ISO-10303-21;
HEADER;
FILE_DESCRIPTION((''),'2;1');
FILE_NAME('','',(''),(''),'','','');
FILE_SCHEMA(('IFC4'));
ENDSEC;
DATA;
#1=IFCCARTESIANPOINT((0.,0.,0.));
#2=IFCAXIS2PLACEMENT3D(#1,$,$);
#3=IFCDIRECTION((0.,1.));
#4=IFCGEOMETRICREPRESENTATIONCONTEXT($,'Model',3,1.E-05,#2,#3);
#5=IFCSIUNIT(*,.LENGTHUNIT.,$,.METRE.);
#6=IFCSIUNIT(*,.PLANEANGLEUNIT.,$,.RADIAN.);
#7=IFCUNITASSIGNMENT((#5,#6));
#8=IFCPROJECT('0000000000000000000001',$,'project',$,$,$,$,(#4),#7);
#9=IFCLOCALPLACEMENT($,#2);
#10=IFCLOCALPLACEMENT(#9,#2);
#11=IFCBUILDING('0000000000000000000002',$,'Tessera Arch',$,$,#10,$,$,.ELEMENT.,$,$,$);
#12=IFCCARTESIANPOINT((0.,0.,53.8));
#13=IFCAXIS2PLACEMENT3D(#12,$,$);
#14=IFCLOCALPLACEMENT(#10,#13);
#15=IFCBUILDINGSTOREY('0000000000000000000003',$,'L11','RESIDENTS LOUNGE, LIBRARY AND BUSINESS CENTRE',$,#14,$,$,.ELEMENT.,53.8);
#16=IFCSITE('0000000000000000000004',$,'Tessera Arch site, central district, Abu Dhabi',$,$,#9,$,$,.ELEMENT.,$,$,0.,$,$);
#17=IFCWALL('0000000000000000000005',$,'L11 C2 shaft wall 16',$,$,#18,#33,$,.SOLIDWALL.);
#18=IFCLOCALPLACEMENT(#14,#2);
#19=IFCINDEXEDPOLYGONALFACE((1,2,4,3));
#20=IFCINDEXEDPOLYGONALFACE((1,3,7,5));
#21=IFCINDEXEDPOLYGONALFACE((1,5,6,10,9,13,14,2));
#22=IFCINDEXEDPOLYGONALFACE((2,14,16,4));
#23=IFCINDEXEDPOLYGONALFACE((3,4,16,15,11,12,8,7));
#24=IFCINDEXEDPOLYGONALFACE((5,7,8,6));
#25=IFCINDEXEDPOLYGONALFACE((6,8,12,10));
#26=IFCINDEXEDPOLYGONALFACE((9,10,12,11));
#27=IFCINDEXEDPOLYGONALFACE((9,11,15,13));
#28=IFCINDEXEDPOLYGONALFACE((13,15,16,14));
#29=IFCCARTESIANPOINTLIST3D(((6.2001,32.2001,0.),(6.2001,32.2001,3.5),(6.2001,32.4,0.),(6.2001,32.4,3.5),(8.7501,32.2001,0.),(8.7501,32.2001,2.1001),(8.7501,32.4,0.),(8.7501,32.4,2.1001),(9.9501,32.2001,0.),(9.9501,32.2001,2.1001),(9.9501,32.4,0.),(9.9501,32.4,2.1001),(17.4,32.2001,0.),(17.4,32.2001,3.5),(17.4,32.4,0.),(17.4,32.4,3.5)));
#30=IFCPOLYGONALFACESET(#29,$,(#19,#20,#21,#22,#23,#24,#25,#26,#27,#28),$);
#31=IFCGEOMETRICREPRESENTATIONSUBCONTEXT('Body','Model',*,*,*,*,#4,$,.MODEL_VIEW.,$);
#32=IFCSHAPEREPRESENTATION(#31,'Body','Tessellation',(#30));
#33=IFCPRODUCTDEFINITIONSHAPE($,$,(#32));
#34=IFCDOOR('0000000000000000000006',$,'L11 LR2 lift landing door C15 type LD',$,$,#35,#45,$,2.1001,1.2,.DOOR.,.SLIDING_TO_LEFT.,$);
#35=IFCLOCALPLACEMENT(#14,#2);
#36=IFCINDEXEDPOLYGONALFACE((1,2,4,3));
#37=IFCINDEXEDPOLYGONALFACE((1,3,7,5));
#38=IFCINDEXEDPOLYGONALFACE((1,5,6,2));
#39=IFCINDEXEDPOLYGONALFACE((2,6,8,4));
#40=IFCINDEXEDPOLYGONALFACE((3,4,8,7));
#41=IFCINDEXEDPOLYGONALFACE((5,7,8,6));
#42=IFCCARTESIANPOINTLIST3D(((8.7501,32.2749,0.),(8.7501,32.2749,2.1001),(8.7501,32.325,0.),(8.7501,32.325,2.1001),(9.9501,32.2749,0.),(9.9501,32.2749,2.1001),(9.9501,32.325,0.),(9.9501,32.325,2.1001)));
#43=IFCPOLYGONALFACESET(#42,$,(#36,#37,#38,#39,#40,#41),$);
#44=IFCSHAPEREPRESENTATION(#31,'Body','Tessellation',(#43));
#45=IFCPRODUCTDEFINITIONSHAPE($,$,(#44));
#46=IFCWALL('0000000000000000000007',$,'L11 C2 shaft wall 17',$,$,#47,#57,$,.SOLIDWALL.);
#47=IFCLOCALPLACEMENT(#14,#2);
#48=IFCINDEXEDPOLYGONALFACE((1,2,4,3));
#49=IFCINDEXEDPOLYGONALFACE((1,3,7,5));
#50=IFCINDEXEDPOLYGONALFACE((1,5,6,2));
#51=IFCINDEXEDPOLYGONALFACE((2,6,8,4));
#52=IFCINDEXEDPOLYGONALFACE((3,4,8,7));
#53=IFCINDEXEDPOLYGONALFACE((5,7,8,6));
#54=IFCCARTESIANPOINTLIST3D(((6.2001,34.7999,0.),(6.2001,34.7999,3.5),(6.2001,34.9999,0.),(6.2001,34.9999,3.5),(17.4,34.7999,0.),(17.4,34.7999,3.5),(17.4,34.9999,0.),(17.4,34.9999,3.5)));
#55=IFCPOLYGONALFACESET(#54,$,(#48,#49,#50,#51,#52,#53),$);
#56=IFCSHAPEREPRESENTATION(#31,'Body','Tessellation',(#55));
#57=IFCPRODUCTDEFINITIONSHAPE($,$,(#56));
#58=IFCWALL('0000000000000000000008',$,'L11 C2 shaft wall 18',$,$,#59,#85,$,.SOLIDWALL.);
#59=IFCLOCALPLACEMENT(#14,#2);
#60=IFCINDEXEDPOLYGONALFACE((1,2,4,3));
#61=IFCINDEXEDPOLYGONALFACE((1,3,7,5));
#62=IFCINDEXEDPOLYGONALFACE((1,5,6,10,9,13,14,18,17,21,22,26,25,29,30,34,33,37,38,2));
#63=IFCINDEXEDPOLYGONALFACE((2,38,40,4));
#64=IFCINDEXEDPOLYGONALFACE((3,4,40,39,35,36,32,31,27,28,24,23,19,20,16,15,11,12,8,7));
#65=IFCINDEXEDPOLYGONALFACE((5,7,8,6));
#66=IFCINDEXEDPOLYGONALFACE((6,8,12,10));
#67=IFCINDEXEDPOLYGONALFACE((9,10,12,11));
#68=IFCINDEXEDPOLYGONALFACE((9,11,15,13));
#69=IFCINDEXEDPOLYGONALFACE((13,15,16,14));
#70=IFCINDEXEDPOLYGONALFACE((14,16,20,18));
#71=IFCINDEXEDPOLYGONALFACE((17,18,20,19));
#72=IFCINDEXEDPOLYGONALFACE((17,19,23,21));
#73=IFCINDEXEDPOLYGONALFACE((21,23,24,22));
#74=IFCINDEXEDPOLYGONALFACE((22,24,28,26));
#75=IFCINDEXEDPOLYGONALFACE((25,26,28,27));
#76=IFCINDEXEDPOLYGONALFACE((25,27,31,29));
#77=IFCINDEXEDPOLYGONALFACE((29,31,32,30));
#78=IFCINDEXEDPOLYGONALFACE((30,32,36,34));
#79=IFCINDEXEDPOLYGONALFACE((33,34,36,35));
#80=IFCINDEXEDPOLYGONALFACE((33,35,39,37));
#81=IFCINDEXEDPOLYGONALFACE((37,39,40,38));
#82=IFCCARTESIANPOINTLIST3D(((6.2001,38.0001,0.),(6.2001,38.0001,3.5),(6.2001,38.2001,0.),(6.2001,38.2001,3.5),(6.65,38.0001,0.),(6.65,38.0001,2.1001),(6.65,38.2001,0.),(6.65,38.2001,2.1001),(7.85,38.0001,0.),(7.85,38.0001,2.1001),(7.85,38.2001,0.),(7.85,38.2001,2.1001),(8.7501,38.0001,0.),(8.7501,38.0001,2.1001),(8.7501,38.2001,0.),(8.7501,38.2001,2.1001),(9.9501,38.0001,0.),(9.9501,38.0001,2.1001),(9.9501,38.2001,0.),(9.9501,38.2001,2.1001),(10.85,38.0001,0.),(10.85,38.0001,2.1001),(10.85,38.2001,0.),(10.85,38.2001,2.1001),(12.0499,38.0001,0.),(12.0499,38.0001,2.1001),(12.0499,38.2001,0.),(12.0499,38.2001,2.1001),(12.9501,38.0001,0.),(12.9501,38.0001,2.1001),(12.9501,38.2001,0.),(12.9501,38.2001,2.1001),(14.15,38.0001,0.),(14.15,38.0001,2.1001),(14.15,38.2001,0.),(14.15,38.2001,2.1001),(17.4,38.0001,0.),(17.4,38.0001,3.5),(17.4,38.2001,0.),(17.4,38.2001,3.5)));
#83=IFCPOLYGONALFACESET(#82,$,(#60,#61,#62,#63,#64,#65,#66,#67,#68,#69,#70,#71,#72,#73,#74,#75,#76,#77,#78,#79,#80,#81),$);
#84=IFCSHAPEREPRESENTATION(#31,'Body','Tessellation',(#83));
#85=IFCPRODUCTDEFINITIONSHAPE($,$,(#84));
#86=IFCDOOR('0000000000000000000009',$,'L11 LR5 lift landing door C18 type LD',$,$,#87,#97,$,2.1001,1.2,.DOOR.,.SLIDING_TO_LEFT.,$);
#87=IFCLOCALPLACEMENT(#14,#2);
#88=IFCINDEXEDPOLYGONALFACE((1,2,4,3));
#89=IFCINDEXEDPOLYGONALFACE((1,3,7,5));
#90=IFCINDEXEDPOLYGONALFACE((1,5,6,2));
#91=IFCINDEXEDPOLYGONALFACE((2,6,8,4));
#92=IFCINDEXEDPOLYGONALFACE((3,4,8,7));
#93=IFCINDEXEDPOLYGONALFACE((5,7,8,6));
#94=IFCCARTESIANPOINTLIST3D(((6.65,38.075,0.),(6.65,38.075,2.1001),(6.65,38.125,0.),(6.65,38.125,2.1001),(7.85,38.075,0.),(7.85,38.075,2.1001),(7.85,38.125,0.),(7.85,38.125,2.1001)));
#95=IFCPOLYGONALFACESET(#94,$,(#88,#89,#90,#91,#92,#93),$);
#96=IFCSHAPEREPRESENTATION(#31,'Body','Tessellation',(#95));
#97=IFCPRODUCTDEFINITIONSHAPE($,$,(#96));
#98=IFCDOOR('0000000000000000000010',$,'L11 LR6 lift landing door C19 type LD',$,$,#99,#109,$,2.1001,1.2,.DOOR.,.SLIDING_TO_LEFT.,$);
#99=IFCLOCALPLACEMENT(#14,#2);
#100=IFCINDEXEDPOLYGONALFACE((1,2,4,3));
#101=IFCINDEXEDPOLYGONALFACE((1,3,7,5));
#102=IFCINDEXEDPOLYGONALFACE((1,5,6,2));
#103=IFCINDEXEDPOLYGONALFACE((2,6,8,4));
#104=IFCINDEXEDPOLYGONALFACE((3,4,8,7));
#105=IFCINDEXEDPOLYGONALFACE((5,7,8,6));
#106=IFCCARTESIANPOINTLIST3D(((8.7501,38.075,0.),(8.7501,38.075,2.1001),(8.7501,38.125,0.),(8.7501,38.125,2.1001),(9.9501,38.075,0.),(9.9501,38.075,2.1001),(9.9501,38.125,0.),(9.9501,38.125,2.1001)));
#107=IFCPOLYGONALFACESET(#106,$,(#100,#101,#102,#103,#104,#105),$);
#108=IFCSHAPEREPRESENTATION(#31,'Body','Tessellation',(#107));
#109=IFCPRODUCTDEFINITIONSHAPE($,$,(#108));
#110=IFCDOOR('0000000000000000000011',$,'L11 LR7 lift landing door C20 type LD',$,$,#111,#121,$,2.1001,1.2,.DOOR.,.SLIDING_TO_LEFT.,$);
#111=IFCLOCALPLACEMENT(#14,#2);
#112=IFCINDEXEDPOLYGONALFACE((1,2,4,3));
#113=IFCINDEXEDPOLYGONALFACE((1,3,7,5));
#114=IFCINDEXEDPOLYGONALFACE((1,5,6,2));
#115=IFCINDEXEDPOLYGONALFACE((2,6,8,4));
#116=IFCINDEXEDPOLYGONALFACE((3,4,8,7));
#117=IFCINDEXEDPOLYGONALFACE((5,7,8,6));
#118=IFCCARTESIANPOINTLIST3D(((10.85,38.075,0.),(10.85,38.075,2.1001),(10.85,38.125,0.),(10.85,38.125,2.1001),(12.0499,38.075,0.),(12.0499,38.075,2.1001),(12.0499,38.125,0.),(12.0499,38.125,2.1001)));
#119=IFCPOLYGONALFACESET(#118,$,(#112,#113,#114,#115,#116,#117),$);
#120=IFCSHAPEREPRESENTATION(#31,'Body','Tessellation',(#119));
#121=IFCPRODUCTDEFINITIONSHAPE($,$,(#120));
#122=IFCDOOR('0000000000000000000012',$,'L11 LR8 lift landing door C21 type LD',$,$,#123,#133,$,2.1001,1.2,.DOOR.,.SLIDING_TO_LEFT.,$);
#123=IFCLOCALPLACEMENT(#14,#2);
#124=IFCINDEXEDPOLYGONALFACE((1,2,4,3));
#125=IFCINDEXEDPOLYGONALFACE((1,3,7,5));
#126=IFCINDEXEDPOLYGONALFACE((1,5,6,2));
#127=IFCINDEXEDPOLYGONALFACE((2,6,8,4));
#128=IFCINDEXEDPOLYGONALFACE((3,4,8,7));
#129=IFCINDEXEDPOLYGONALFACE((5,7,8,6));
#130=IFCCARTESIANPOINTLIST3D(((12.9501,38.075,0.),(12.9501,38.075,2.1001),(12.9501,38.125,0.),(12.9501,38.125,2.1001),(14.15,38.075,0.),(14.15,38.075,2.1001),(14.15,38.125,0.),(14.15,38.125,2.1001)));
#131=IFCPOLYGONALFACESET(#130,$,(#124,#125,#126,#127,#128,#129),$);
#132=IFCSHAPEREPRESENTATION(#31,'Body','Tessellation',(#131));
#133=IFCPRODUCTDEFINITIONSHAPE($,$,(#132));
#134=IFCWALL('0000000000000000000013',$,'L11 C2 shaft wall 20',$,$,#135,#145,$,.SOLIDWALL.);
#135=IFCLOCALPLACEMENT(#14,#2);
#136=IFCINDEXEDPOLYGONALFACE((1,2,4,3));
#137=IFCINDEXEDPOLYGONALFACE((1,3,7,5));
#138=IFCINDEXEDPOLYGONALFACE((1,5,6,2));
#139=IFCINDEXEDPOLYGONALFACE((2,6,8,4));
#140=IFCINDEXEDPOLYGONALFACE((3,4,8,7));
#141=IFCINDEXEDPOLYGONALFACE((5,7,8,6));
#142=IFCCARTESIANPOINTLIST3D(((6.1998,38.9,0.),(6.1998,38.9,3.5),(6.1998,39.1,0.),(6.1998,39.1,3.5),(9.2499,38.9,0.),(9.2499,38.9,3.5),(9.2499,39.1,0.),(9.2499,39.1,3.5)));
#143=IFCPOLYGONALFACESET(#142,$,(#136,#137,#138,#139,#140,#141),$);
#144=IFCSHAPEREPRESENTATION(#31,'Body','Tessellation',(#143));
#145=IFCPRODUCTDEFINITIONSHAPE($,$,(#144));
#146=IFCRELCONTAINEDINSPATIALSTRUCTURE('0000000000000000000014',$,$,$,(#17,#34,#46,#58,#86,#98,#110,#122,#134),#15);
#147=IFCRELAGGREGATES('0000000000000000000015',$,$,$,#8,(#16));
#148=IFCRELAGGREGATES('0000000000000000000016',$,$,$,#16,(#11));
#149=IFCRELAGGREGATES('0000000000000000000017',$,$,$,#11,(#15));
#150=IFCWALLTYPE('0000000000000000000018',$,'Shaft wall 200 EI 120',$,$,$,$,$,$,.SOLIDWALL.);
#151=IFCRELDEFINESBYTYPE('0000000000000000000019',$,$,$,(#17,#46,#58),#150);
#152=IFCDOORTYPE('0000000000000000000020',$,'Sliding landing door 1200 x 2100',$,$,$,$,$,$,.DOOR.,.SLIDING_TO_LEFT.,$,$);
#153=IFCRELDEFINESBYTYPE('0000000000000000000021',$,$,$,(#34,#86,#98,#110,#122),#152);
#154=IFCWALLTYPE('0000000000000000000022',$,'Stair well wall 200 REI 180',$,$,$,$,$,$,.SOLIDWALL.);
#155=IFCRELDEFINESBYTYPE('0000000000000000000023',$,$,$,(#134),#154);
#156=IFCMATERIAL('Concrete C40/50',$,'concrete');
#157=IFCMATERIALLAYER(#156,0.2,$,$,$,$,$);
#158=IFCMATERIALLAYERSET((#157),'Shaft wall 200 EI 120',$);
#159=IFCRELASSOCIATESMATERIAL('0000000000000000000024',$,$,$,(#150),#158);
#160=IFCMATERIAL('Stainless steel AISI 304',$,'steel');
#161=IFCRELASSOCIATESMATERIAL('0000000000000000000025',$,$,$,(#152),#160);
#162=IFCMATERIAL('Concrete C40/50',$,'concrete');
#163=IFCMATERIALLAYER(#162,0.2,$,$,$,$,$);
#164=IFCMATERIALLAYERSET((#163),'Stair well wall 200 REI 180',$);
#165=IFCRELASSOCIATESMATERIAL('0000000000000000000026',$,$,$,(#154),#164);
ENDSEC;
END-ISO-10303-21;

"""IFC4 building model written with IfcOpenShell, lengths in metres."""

from ifc_helpers import new_model, si_unit, direction, frame, frame_2d, origin, place, context, subcontext, project, spatial, rectangle, extrude, material, layer, layer_set, type_object, element, fill, save


model = new_model("IFC4")

# Units and contexts
model_context = context("Model", 3, precision=1e-05, world=origin(), true_north=direction((0.0, 1.0)))
body_context = subcontext(model_context, "Body", "Model", "MODEL_VIEW")
ifc_project = project(units=[si_unit("LENGTHUNIT", "METRE"), si_unit("PLANEANGLEUNIT", "RADIAN")], contexts=[model_context])

# Site, building, storey
site_placement = place(None, origin())
site = spatial("IfcSite", under=ifc_project, at=site_placement, Name="Tessera Arch site, central district, Abu Dhabi", CompositionType="ELEMENT", RefElevation=0.0)
building_placement = place(site_placement, origin())
building = spatial("IfcBuilding", under=site, at=building_placement, Name="Tessera Arch", CompositionType="ELEMENT")
storey_placement = place(building_placement, frame((0.0, 0.0, 53.8)))
storey = spatial("IfcBuildingStorey", under=building, at=storey_placement, Name="L11", Description="RESIDENTS LOUNGE, LIBRARY AND BUSINESS CENTRE", CompositionType="ELEMENT", Elevation=53.8)

# Shared definitions
ifc_material_1 = material(Name="Concrete C40/50", Category="concrete")
ifc_layer_1 = layer(ifc_material_1, 0.2)
ifc_layer_set_1 = layer_set([ifc_layer_1], Name="Shaft wall 200 EI 120")
wall_type_1 = type_object("IfcWallType", Name="Shaft wall 200 EI 120", PredefinedType="SOLIDWALL", material=ifc_layer_set_1)

# Wall, opening, door
wall_1_placement = place(storey_placement, frame((6.2, 32.3, 0.0), z_axis=(0.0, 0.0, 1.0), x_axis=(1.0, 0.0, 0.0)))
wall_1 = element("IfcWall", 1, at=wall_1_placement, inside=storey, type_object=wall_type_1, Name="L11 C2 shaft wall 16", PredefinedType="SOLIDWALL", context=body_context, shape_type="SweptSolid", body=[
    extrude(rectangle(XDim=11.2, YDim=0.2, at=frame_2d((5.6001, 0.0))), origin(), (0.0, 0.0, 1.0), 3.5),
])
opening_1_placement = place(wall_1_placement, frame((2.55, 0.0, 0.0)))
opening_1 = element("IfcOpeningElement", 2, at=opening_1_placement, cuts=wall_1, PredefinedType="OPENING", context=body_context, shape_type="SweptSolid", body=[
    extrude(rectangle(XDim=1.2, YDim=2.1001, at=frame_2d((0.6001, 1.05))), frame((0.0, 0.1099, 0.0), z_axis=(0.0, -1.0, 0.0), x_axis=(1.0, 0.0, 0.0)), (0.0, 0.0, 1.0), 0.22),
])
ifc_material_2 = material(Name="Stainless steel AISI 304", Category="steel")
door_type = type_object("IfcDoorType", Name="Sliding landing door 1200 x 2100", OperationType="SLIDING_TO_LEFT", PredefinedType="DOOR", material=ifc_material_2)
door_1_placement = place(opening_1_placement, origin())
door_1 = element("IfcDoor", 3, at=door_1_placement, inside=storey, type_object=door_type, Name="L11 LR2 lift landing door C15 type LD", OperationType="SLIDING_TO_LEFT", OverallHeight=2.1001, OverallWidth=1.2, PredefinedType="DOOR", context=body_context, shape_type="SweptSolid", body=[
    extrude(rectangle(XDim=1.2, YDim=2.1001, at=frame_2d((0.6001, 1.05))), frame((0.0, 0.0249, 0.0), z_axis=(0.0, -1.0, 0.0), x_axis=(1.0, 0.0, 0.0)), (0.0, 0.0, 1.0), 0.05),
])
fill(opening_1, door_1)

# Wall
wall_2_placement = place(storey_placement, frame((6.2, 34.8999, 0.0), z_axis=(0.0, 0.0, 1.0), x_axis=(1.0, 0.0, 0.0)))
element("IfcWall", 4, at=wall_2_placement, inside=storey, type_object=wall_type_1, Name="L11 C2 shaft wall 17", PredefinedType="SOLIDWALL", context=body_context, shape_type="SweptSolid", body=[
    extrude(rectangle(XDim=11.2, YDim=0.2, at=frame_2d((5.6001, 0.0))), origin(), (0.0, 0.0, 1.0), 3.5),
])

# Wall, openings, doors
wall_3_placement = place(storey_placement, frame((6.2, 38.1001, 0.0), z_axis=(0.0, 0.0, 1.0), x_axis=(1.0, 0.0, 0.0)))
wall_3 = element("IfcWall", 5, at=wall_3_placement, inside=storey, type_object=wall_type_1, Name="L11 C2 shaft wall 18", PredefinedType="SOLIDWALL", context=body_context, shape_type="SweptSolid", body=[
    extrude(rectangle(XDim=11.2, YDim=0.2, at=frame_2d((5.6001, 0.0))), origin(), (0.0, 0.0, 1.0), 3.5),
])
opening_2_placement = place(wall_3_placement, frame((0.45, 0.0, 0.0)))
opening_2 = element("IfcOpeningElement", 6, at=opening_2_placement, cuts=wall_3, PredefinedType="OPENING", context=body_context, shape_type="SweptSolid", body=[
    extrude(rectangle(XDim=1.2, YDim=2.1001, at=frame_2d((0.6001, 1.05))), frame((0.0, 0.1099, 0.0), z_axis=(0.0, -1.0, 0.0), x_axis=(1.0, 0.0, 0.0)), (0.0, 0.0, 1.0), 0.22),
])
opening_3_placement = place(wall_3_placement, frame((2.55, 0.0, 0.0)))
opening_3 = element("IfcOpeningElement", 7, at=opening_3_placement, cuts=wall_3, PredefinedType="OPENING", context=body_context, shape_type="SweptSolid", body=[
    extrude(rectangle(XDim=1.2, YDim=2.1001, at=frame_2d((0.6001, 1.05))), frame((0.0, 0.1099, 0.0), z_axis=(0.0, -1.0, 0.0), x_axis=(1.0, 0.0, 0.0)), (0.0, 0.0, 1.0), 0.22),
])
opening_4_placement = place(wall_3_placement, frame((4.6499, 0.0, 0.0)))
opening_4 = element("IfcOpeningElement", 8, at=opening_4_placement, cuts=wall_3, PredefinedType="OPENING", context=body_context, shape_type="SweptSolid", body=[
    extrude(rectangle(XDim=1.2, YDim=2.1001, at=frame_2d((0.6001, 1.05))), frame((0.0, 0.1099, 0.0), z_axis=(0.0, -1.0, 0.0), x_axis=(1.0, 0.0, 0.0)), (0.0, 0.0, 1.0), 0.22),
])
opening_5_placement = place(wall_3_placement, frame((6.75, 0.0, 0.0)))
opening_5 = element("IfcOpeningElement", 9, at=opening_5_placement, cuts=wall_3, PredefinedType="OPENING", context=body_context, shape_type="SweptSolid", body=[
    extrude(rectangle(XDim=1.2, YDim=2.1001, at=frame_2d((0.6001, 1.05))), frame((0.0, 0.1099, 0.0), z_axis=(0.0, -1.0, 0.0), x_axis=(1.0, 0.0, 0.0)), (0.0, 0.0, 1.0), 0.22),
])
door_2_placement = place(opening_2_placement, origin())
door_2 = element("IfcDoor", 10, at=door_2_placement, inside=storey, type_object=door_type, Name="L11 LR5 lift landing door C18 type LD", OperationType="SLIDING_TO_LEFT", OverallHeight=2.1001, OverallWidth=1.2, PredefinedType="DOOR", context=body_context, shape_type="SweptSolid", body=[
    extrude(rectangle(XDim=1.2, YDim=2.1001, at=frame_2d((0.6001, 1.05))), frame((0.0, 0.0249, 0.0), z_axis=(0.0, -1.0, 0.0), x_axis=(1.0, 0.0, 0.0)), (0.0, 0.0, 1.0), 0.05),
])
fill(opening_2, door_2)
door_3_placement = place(opening_3_placement, origin())
door_3 = element("IfcDoor", 11, at=door_3_placement, inside=storey, type_object=door_type, Name="L11 LR6 lift landing door C19 type LD", OperationType="SLIDING_TO_LEFT", OverallHeight=2.1001, OverallWidth=1.2, PredefinedType="DOOR", context=body_context, shape_type="SweptSolid", body=[
    extrude(rectangle(XDim=1.2, YDim=2.1001, at=frame_2d((0.6001, 1.05))), frame((0.0, 0.0249, 0.0), z_axis=(0.0, -1.0, 0.0), x_axis=(1.0, 0.0, 0.0)), (0.0, 0.0, 1.0), 0.05),
])
fill(opening_3, door_3)
door_4_placement = place(opening_4_placement, origin())
door_4 = element("IfcDoor", 12, at=door_4_placement, inside=storey, type_object=door_type, Name="L11 LR7 lift landing door C20 type LD", OperationType="SLIDING_TO_LEFT", OverallHeight=2.1001, OverallWidth=1.2, PredefinedType="DOOR", context=body_context, shape_type="SweptSolid", body=[
    extrude(rectangle(XDim=1.2, YDim=2.1001, at=frame_2d((0.6001, 1.05))), frame((0.0, 0.0249, 0.0), z_axis=(0.0, -1.0, 0.0), x_axis=(1.0, 0.0, 0.0)), (0.0, 0.0, 1.0), 0.05),
])
fill(opening_4, door_4)
door_5_placement = place(opening_5_placement, origin())
door_5 = element("IfcDoor", 13, at=door_5_placement, inside=storey, type_object=door_type, Name="L11 LR8 lift landing door C21 type LD", OperationType="SLIDING_TO_LEFT", OverallHeight=2.1001, OverallWidth=1.2, PredefinedType="DOOR", context=body_context, shape_type="SweptSolid", body=[
    extrude(rectangle(XDim=1.2, YDim=2.1001, at=frame_2d((0.6001, 1.05))), frame((0.0, 0.0249, 0.0), z_axis=(0.0, -1.0, 0.0), x_axis=(1.0, 0.0, 0.0)), (0.0, 0.0, 1.0), 0.05),
])
fill(opening_5, door_5)

# Wall
ifc_material_3 = material(Name="Concrete C40/50", Category="concrete")
ifc_layer_2 = layer(ifc_material_3, 0.2)
ifc_layer_set_2 = layer_set([ifc_layer_2], Name="Stair well wall 200 REI 180")
wall_type_2 = type_object("IfcWallType", Name="Stair well wall 200 REI 180", PredefinedType="SOLIDWALL", material=ifc_layer_set_2)
wall_4_placement = place(storey_placement, frame((6.2, 39.0, 0.0), z_axis=(0.0, 0.0, 1.0), x_axis=(1.0, 0.0, 0.0)))
element("IfcWall", 14, at=wall_4_placement, inside=storey, type_object=wall_type_2, Name="L11 C2 shaft wall 20", PredefinedType="SOLIDWALL", context=body_context, shape_type="SweptSolid", body=[
    extrude(rectangle(XDim=3.05, YDim=0.2, at=frame_2d((1.5249, 0.0))), origin(), (0.0, 0.0, 1.0), 3.5),
])

save(model, "model.ifc")
